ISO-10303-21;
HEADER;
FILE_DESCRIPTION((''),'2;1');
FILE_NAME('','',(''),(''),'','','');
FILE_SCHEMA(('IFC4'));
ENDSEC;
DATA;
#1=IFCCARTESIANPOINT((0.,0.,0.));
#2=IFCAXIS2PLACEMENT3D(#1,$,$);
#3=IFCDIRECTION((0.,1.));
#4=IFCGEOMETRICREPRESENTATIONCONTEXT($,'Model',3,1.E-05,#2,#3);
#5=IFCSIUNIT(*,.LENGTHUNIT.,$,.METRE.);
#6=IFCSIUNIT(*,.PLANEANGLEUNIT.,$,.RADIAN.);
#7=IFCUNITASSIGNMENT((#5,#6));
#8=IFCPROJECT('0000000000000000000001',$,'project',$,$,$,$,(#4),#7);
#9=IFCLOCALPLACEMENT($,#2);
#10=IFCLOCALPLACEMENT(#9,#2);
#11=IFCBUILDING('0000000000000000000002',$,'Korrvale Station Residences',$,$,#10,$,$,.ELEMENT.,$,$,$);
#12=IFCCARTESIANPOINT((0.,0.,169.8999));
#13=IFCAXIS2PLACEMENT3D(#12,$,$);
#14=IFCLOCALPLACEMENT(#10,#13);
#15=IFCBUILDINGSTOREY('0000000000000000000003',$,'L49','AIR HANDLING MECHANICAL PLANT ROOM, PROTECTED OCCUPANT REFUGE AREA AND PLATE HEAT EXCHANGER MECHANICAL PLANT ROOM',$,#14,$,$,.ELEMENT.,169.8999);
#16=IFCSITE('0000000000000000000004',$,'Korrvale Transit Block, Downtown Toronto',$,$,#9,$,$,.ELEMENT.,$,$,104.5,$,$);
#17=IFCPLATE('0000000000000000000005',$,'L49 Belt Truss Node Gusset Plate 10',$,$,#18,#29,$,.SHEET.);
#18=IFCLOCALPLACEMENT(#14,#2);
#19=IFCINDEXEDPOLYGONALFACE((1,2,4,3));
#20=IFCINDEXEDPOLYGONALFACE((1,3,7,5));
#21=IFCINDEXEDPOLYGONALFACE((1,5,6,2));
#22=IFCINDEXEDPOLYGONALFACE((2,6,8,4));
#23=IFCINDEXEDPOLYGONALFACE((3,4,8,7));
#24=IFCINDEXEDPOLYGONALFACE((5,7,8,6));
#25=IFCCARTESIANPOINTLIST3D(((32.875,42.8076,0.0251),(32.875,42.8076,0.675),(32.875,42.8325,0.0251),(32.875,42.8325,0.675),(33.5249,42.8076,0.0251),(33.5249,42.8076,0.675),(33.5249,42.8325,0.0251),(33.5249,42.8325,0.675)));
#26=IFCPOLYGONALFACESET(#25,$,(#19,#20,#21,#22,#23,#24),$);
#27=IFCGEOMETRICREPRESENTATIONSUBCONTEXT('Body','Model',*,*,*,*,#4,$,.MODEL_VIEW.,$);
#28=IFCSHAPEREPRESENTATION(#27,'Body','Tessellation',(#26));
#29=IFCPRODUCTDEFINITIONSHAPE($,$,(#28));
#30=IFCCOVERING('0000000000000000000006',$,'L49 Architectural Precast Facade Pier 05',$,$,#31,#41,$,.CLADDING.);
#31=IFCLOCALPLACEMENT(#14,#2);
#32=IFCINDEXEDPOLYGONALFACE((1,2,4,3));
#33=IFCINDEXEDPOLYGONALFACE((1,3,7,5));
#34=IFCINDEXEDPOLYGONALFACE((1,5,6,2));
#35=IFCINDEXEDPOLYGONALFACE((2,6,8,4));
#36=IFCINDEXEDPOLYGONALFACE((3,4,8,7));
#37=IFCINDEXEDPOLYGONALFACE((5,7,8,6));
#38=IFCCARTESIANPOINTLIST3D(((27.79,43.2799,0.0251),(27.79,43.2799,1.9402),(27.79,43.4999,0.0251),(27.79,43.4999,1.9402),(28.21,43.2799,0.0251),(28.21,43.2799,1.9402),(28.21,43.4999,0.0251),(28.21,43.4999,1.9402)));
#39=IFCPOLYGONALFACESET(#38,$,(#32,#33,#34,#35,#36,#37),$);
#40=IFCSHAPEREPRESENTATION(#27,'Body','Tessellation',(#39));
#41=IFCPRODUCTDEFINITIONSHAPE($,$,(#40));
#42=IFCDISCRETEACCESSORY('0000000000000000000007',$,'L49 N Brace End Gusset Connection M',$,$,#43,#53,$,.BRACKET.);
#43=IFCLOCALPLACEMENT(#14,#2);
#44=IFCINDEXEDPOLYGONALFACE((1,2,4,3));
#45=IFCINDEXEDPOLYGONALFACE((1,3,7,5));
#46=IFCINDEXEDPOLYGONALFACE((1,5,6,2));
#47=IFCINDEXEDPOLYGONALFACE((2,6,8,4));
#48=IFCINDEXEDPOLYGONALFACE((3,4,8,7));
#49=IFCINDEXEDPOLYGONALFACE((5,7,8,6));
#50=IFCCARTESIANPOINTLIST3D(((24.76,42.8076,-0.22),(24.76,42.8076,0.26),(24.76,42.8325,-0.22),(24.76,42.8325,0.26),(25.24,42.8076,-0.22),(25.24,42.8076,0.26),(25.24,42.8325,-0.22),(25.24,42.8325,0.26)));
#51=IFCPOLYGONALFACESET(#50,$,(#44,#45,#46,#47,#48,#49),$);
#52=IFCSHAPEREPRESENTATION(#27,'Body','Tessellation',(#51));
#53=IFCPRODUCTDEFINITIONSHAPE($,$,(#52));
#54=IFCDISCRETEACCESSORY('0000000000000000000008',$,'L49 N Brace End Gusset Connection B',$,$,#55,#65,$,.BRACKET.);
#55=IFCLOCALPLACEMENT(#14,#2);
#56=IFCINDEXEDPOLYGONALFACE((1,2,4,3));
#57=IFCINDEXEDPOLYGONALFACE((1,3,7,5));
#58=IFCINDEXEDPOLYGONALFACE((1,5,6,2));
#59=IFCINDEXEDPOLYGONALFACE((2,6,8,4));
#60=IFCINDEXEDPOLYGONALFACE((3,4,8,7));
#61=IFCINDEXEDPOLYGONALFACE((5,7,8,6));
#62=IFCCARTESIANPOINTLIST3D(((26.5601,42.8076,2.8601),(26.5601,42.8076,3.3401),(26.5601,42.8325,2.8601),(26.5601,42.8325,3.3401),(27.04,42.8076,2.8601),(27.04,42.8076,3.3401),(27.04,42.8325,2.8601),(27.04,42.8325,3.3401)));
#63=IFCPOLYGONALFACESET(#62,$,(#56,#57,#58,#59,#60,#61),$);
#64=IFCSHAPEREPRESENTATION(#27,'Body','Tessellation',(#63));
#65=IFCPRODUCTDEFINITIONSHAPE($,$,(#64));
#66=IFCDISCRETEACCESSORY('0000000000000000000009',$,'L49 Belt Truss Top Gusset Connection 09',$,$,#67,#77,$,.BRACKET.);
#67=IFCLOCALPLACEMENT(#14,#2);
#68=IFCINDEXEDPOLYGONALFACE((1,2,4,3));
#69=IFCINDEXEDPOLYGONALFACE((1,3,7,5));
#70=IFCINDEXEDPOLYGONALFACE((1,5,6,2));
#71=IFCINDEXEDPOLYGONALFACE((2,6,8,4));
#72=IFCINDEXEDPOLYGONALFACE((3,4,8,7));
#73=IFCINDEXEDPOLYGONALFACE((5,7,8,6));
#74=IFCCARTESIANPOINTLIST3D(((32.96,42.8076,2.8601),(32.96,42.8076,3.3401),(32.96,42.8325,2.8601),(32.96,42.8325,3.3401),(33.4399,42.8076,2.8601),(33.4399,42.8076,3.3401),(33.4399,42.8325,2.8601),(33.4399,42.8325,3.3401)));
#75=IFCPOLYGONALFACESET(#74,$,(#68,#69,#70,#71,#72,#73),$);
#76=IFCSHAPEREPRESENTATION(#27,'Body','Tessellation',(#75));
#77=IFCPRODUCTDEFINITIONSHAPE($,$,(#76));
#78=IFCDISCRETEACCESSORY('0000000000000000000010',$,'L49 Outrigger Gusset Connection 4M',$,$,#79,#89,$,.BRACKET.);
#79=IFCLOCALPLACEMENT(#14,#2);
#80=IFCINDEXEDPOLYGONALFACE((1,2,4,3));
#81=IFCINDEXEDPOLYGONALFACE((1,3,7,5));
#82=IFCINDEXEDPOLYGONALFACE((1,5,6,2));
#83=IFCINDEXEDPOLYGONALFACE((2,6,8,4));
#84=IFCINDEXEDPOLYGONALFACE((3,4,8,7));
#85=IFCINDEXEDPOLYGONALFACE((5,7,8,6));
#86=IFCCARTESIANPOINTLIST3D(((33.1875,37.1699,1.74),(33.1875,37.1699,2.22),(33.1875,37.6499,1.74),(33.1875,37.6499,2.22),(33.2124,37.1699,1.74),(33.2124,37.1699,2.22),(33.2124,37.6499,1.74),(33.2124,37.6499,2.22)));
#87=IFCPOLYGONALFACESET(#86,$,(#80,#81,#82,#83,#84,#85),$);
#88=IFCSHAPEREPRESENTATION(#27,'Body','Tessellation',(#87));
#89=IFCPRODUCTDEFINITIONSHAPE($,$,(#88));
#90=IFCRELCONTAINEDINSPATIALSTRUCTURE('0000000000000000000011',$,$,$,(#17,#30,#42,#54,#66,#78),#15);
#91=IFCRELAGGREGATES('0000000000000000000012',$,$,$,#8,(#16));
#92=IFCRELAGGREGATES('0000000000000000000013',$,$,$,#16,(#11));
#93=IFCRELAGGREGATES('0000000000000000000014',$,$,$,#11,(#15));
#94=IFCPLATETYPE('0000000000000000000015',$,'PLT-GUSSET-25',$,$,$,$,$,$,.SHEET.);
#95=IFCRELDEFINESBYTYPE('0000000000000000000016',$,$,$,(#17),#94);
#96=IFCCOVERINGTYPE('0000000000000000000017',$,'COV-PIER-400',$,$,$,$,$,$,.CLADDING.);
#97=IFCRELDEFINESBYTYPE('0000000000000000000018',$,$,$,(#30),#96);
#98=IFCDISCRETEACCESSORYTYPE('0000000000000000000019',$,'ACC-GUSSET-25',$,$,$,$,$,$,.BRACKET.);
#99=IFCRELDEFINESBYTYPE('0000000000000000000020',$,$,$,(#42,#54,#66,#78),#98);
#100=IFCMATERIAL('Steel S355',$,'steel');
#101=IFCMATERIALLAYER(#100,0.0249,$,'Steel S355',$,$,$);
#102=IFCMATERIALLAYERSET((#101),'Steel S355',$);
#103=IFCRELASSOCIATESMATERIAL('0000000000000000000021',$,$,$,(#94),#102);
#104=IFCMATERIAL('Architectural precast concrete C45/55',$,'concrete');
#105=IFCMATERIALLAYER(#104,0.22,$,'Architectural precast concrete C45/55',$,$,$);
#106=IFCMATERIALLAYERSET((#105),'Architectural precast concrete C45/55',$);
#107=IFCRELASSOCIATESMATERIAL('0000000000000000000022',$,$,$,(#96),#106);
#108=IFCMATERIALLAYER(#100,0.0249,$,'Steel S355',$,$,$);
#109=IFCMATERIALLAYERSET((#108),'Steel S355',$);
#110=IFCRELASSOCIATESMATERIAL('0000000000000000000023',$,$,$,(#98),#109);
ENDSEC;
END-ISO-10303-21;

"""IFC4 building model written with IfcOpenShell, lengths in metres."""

from ifc_helpers import new_model, si_unit, direction, frame, origin, origin_2d, place, context, subcontext, project, spatial, rectangle, extrude, material, layer, layer_set, type_object, element, save


model = new_model("IFC4")

# Units and contexts
model_context = context("Model", 3, precision=1e-05, world=origin(), true_north=direction((0.0, 1.0)))
body_context = subcontext(model_context, "Body", "Model", "MODEL_VIEW")
ifc_project = project(units=[si_unit("LENGTHUNIT", "METRE"), si_unit("PLANEANGLEUNIT", "RADIAN")], contexts=[model_context])

# Site, building, storey
site_placement = place(None, origin())
site = spatial("IfcSite", under=ifc_project, at=site_placement, Name="Korrvale Transit Block, Downtown Toronto", CompositionType="ELEMENT", RefElevation=104.5)
building_placement = place(site_placement, origin())
building = spatial("IfcBuilding", under=site, at=building_placement, Name="Korrvale Station Residences", CompositionType="ELEMENT")
storey_placement = place(building_placement, frame((0.0, 0.0, 169.8999)))
storey = spatial("IfcBuildingStorey", under=building, at=storey_placement, Name="L49", Description="AIR HANDLING MECHANICAL PLANT ROOM, PROTECTED OCCUPANT REFUGE AREA AND PLATE HEAT EXCHANGER MECHANICAL PLANT ROOM", CompositionType="ELEMENT", Elevation=169.8999)

# Shared definitions
ifc_material_1 = material(Name="Steel S355", Category="steel")

# Plate
ifc_layer_1 = layer(ifc_material_1, 0.0249, Name="Steel S355")
ifc_layer_set_1 = layer_set([ifc_layer_1], Name="Steel S355")
plate_type_1 = type_object("IfcPlateType", Name="PLT-GUSSET-25", PredefinedType="SHEET", material=ifc_layer_set_1)
for number, where, z_axis, x_axis, name in (
    (1, (33.2, 42.8201, 0.0251), (0.0, 0.0, 1.0), (1.0, 0.0, 0.0), "L49 Belt Truss Node Gusset Plate 10"),
):
    element("IfcPlate", number, at=place(storey_placement, frame(where, z_axis=z_axis, x_axis=x_axis)), inside=storey, type_object=plate_type_1, Name=name, PredefinedType="SHEET", context=body_context, shape_type="SweptSolid", body=[
        extrude(rectangle(XDim=0.6499, YDim=0.0249, at=origin_2d()), origin(), (0.0, 0.0, 1.0), 0.6499),
    ])

# Covering
ifc_material_2 = material(Name="Architectural precast concrete C45/55", Category="concrete")
ifc_layer_2 = layer(ifc_material_2, 0.22, Name="Architectural precast concrete C45/55")
ifc_layer_set_2 = layer_set([ifc_layer_2], Name="Architectural precast concrete C45/55")
covering_type = type_object("IfcCoveringType", Name="COV-PIER-400", PredefinedType="CLADDING", material=ifc_layer_set_2)
covering_placement = place(storey_placement, frame((28.0, 43.3899, 0.0251), z_axis=(0.0, 0.0, 1.0), x_axis=(1.0, 0.0, 0.0)))
element("IfcCovering", 2, at=covering_placement, inside=storey, type_object=covering_type, Name="L49 Architectural Precast Facade Pier 05", PredefinedType="CLADDING", context=body_context, shape_type="SweptSolid", body=[
    extrude(rectangle(XDim=0.4199, YDim=0.22, at=origin_2d()), origin(), (0.0, 0.0, 1.0), 1.915),
])

# Discrete accessories
ifc_layer_3 = layer(ifc_material_1, 0.0249, Name="Steel S355")
ifc_layer_set_3 = layer_set([ifc_layer_3], Name="Steel S355")
discrete_accessory_type = type_object("IfcDiscreteAccessoryType", Name="ACC-GUSSET-25", PredefinedType="BRACKET", material=ifc_layer_set_3)
for number, where, z_axis, x_axis, name in (
    (3, (25.0, 42.8201, -0.22), (0.0, 0.0, 1.0), (1.0, 0.0, 0.0), "L49 N Brace End Gusset Connection M"),
    (4, (26.8, 42.8201, 2.8601), (0.0, 0.0, 1.0), (1.0, 0.0, 0.0), "L49 N Brace End Gusset Connection B"),
    (5, (33.2, 42.8201, 2.8601), (0.0, 0.0, 1.0), (1.0, 0.0, 0.0), "L49 Belt Truss Top Gusset Connection 09"),
    (6, (33.2, 37.4099, 1.74), (0.0, 0.0, 1.0), (0.0, 1.0, 0.0), "L49 Outrigger Gusset Connection 4M"),
):
    element("IfcDiscreteAccessory", number, at=place(storey_placement, frame(where, z_axis=z_axis, x_axis=x_axis)), inside=storey, type_object=discrete_accessory_type, Name=name, PredefinedType="BRACKET", context=body_context, shape_type="SweptSolid", body=[
        extrude(rectangle(XDim=0.48, YDim=0.0249, at=origin_2d()), origin(), (0.0, 0.0, 1.0), 0.48),
    ])

save(model, "model.ifc")
